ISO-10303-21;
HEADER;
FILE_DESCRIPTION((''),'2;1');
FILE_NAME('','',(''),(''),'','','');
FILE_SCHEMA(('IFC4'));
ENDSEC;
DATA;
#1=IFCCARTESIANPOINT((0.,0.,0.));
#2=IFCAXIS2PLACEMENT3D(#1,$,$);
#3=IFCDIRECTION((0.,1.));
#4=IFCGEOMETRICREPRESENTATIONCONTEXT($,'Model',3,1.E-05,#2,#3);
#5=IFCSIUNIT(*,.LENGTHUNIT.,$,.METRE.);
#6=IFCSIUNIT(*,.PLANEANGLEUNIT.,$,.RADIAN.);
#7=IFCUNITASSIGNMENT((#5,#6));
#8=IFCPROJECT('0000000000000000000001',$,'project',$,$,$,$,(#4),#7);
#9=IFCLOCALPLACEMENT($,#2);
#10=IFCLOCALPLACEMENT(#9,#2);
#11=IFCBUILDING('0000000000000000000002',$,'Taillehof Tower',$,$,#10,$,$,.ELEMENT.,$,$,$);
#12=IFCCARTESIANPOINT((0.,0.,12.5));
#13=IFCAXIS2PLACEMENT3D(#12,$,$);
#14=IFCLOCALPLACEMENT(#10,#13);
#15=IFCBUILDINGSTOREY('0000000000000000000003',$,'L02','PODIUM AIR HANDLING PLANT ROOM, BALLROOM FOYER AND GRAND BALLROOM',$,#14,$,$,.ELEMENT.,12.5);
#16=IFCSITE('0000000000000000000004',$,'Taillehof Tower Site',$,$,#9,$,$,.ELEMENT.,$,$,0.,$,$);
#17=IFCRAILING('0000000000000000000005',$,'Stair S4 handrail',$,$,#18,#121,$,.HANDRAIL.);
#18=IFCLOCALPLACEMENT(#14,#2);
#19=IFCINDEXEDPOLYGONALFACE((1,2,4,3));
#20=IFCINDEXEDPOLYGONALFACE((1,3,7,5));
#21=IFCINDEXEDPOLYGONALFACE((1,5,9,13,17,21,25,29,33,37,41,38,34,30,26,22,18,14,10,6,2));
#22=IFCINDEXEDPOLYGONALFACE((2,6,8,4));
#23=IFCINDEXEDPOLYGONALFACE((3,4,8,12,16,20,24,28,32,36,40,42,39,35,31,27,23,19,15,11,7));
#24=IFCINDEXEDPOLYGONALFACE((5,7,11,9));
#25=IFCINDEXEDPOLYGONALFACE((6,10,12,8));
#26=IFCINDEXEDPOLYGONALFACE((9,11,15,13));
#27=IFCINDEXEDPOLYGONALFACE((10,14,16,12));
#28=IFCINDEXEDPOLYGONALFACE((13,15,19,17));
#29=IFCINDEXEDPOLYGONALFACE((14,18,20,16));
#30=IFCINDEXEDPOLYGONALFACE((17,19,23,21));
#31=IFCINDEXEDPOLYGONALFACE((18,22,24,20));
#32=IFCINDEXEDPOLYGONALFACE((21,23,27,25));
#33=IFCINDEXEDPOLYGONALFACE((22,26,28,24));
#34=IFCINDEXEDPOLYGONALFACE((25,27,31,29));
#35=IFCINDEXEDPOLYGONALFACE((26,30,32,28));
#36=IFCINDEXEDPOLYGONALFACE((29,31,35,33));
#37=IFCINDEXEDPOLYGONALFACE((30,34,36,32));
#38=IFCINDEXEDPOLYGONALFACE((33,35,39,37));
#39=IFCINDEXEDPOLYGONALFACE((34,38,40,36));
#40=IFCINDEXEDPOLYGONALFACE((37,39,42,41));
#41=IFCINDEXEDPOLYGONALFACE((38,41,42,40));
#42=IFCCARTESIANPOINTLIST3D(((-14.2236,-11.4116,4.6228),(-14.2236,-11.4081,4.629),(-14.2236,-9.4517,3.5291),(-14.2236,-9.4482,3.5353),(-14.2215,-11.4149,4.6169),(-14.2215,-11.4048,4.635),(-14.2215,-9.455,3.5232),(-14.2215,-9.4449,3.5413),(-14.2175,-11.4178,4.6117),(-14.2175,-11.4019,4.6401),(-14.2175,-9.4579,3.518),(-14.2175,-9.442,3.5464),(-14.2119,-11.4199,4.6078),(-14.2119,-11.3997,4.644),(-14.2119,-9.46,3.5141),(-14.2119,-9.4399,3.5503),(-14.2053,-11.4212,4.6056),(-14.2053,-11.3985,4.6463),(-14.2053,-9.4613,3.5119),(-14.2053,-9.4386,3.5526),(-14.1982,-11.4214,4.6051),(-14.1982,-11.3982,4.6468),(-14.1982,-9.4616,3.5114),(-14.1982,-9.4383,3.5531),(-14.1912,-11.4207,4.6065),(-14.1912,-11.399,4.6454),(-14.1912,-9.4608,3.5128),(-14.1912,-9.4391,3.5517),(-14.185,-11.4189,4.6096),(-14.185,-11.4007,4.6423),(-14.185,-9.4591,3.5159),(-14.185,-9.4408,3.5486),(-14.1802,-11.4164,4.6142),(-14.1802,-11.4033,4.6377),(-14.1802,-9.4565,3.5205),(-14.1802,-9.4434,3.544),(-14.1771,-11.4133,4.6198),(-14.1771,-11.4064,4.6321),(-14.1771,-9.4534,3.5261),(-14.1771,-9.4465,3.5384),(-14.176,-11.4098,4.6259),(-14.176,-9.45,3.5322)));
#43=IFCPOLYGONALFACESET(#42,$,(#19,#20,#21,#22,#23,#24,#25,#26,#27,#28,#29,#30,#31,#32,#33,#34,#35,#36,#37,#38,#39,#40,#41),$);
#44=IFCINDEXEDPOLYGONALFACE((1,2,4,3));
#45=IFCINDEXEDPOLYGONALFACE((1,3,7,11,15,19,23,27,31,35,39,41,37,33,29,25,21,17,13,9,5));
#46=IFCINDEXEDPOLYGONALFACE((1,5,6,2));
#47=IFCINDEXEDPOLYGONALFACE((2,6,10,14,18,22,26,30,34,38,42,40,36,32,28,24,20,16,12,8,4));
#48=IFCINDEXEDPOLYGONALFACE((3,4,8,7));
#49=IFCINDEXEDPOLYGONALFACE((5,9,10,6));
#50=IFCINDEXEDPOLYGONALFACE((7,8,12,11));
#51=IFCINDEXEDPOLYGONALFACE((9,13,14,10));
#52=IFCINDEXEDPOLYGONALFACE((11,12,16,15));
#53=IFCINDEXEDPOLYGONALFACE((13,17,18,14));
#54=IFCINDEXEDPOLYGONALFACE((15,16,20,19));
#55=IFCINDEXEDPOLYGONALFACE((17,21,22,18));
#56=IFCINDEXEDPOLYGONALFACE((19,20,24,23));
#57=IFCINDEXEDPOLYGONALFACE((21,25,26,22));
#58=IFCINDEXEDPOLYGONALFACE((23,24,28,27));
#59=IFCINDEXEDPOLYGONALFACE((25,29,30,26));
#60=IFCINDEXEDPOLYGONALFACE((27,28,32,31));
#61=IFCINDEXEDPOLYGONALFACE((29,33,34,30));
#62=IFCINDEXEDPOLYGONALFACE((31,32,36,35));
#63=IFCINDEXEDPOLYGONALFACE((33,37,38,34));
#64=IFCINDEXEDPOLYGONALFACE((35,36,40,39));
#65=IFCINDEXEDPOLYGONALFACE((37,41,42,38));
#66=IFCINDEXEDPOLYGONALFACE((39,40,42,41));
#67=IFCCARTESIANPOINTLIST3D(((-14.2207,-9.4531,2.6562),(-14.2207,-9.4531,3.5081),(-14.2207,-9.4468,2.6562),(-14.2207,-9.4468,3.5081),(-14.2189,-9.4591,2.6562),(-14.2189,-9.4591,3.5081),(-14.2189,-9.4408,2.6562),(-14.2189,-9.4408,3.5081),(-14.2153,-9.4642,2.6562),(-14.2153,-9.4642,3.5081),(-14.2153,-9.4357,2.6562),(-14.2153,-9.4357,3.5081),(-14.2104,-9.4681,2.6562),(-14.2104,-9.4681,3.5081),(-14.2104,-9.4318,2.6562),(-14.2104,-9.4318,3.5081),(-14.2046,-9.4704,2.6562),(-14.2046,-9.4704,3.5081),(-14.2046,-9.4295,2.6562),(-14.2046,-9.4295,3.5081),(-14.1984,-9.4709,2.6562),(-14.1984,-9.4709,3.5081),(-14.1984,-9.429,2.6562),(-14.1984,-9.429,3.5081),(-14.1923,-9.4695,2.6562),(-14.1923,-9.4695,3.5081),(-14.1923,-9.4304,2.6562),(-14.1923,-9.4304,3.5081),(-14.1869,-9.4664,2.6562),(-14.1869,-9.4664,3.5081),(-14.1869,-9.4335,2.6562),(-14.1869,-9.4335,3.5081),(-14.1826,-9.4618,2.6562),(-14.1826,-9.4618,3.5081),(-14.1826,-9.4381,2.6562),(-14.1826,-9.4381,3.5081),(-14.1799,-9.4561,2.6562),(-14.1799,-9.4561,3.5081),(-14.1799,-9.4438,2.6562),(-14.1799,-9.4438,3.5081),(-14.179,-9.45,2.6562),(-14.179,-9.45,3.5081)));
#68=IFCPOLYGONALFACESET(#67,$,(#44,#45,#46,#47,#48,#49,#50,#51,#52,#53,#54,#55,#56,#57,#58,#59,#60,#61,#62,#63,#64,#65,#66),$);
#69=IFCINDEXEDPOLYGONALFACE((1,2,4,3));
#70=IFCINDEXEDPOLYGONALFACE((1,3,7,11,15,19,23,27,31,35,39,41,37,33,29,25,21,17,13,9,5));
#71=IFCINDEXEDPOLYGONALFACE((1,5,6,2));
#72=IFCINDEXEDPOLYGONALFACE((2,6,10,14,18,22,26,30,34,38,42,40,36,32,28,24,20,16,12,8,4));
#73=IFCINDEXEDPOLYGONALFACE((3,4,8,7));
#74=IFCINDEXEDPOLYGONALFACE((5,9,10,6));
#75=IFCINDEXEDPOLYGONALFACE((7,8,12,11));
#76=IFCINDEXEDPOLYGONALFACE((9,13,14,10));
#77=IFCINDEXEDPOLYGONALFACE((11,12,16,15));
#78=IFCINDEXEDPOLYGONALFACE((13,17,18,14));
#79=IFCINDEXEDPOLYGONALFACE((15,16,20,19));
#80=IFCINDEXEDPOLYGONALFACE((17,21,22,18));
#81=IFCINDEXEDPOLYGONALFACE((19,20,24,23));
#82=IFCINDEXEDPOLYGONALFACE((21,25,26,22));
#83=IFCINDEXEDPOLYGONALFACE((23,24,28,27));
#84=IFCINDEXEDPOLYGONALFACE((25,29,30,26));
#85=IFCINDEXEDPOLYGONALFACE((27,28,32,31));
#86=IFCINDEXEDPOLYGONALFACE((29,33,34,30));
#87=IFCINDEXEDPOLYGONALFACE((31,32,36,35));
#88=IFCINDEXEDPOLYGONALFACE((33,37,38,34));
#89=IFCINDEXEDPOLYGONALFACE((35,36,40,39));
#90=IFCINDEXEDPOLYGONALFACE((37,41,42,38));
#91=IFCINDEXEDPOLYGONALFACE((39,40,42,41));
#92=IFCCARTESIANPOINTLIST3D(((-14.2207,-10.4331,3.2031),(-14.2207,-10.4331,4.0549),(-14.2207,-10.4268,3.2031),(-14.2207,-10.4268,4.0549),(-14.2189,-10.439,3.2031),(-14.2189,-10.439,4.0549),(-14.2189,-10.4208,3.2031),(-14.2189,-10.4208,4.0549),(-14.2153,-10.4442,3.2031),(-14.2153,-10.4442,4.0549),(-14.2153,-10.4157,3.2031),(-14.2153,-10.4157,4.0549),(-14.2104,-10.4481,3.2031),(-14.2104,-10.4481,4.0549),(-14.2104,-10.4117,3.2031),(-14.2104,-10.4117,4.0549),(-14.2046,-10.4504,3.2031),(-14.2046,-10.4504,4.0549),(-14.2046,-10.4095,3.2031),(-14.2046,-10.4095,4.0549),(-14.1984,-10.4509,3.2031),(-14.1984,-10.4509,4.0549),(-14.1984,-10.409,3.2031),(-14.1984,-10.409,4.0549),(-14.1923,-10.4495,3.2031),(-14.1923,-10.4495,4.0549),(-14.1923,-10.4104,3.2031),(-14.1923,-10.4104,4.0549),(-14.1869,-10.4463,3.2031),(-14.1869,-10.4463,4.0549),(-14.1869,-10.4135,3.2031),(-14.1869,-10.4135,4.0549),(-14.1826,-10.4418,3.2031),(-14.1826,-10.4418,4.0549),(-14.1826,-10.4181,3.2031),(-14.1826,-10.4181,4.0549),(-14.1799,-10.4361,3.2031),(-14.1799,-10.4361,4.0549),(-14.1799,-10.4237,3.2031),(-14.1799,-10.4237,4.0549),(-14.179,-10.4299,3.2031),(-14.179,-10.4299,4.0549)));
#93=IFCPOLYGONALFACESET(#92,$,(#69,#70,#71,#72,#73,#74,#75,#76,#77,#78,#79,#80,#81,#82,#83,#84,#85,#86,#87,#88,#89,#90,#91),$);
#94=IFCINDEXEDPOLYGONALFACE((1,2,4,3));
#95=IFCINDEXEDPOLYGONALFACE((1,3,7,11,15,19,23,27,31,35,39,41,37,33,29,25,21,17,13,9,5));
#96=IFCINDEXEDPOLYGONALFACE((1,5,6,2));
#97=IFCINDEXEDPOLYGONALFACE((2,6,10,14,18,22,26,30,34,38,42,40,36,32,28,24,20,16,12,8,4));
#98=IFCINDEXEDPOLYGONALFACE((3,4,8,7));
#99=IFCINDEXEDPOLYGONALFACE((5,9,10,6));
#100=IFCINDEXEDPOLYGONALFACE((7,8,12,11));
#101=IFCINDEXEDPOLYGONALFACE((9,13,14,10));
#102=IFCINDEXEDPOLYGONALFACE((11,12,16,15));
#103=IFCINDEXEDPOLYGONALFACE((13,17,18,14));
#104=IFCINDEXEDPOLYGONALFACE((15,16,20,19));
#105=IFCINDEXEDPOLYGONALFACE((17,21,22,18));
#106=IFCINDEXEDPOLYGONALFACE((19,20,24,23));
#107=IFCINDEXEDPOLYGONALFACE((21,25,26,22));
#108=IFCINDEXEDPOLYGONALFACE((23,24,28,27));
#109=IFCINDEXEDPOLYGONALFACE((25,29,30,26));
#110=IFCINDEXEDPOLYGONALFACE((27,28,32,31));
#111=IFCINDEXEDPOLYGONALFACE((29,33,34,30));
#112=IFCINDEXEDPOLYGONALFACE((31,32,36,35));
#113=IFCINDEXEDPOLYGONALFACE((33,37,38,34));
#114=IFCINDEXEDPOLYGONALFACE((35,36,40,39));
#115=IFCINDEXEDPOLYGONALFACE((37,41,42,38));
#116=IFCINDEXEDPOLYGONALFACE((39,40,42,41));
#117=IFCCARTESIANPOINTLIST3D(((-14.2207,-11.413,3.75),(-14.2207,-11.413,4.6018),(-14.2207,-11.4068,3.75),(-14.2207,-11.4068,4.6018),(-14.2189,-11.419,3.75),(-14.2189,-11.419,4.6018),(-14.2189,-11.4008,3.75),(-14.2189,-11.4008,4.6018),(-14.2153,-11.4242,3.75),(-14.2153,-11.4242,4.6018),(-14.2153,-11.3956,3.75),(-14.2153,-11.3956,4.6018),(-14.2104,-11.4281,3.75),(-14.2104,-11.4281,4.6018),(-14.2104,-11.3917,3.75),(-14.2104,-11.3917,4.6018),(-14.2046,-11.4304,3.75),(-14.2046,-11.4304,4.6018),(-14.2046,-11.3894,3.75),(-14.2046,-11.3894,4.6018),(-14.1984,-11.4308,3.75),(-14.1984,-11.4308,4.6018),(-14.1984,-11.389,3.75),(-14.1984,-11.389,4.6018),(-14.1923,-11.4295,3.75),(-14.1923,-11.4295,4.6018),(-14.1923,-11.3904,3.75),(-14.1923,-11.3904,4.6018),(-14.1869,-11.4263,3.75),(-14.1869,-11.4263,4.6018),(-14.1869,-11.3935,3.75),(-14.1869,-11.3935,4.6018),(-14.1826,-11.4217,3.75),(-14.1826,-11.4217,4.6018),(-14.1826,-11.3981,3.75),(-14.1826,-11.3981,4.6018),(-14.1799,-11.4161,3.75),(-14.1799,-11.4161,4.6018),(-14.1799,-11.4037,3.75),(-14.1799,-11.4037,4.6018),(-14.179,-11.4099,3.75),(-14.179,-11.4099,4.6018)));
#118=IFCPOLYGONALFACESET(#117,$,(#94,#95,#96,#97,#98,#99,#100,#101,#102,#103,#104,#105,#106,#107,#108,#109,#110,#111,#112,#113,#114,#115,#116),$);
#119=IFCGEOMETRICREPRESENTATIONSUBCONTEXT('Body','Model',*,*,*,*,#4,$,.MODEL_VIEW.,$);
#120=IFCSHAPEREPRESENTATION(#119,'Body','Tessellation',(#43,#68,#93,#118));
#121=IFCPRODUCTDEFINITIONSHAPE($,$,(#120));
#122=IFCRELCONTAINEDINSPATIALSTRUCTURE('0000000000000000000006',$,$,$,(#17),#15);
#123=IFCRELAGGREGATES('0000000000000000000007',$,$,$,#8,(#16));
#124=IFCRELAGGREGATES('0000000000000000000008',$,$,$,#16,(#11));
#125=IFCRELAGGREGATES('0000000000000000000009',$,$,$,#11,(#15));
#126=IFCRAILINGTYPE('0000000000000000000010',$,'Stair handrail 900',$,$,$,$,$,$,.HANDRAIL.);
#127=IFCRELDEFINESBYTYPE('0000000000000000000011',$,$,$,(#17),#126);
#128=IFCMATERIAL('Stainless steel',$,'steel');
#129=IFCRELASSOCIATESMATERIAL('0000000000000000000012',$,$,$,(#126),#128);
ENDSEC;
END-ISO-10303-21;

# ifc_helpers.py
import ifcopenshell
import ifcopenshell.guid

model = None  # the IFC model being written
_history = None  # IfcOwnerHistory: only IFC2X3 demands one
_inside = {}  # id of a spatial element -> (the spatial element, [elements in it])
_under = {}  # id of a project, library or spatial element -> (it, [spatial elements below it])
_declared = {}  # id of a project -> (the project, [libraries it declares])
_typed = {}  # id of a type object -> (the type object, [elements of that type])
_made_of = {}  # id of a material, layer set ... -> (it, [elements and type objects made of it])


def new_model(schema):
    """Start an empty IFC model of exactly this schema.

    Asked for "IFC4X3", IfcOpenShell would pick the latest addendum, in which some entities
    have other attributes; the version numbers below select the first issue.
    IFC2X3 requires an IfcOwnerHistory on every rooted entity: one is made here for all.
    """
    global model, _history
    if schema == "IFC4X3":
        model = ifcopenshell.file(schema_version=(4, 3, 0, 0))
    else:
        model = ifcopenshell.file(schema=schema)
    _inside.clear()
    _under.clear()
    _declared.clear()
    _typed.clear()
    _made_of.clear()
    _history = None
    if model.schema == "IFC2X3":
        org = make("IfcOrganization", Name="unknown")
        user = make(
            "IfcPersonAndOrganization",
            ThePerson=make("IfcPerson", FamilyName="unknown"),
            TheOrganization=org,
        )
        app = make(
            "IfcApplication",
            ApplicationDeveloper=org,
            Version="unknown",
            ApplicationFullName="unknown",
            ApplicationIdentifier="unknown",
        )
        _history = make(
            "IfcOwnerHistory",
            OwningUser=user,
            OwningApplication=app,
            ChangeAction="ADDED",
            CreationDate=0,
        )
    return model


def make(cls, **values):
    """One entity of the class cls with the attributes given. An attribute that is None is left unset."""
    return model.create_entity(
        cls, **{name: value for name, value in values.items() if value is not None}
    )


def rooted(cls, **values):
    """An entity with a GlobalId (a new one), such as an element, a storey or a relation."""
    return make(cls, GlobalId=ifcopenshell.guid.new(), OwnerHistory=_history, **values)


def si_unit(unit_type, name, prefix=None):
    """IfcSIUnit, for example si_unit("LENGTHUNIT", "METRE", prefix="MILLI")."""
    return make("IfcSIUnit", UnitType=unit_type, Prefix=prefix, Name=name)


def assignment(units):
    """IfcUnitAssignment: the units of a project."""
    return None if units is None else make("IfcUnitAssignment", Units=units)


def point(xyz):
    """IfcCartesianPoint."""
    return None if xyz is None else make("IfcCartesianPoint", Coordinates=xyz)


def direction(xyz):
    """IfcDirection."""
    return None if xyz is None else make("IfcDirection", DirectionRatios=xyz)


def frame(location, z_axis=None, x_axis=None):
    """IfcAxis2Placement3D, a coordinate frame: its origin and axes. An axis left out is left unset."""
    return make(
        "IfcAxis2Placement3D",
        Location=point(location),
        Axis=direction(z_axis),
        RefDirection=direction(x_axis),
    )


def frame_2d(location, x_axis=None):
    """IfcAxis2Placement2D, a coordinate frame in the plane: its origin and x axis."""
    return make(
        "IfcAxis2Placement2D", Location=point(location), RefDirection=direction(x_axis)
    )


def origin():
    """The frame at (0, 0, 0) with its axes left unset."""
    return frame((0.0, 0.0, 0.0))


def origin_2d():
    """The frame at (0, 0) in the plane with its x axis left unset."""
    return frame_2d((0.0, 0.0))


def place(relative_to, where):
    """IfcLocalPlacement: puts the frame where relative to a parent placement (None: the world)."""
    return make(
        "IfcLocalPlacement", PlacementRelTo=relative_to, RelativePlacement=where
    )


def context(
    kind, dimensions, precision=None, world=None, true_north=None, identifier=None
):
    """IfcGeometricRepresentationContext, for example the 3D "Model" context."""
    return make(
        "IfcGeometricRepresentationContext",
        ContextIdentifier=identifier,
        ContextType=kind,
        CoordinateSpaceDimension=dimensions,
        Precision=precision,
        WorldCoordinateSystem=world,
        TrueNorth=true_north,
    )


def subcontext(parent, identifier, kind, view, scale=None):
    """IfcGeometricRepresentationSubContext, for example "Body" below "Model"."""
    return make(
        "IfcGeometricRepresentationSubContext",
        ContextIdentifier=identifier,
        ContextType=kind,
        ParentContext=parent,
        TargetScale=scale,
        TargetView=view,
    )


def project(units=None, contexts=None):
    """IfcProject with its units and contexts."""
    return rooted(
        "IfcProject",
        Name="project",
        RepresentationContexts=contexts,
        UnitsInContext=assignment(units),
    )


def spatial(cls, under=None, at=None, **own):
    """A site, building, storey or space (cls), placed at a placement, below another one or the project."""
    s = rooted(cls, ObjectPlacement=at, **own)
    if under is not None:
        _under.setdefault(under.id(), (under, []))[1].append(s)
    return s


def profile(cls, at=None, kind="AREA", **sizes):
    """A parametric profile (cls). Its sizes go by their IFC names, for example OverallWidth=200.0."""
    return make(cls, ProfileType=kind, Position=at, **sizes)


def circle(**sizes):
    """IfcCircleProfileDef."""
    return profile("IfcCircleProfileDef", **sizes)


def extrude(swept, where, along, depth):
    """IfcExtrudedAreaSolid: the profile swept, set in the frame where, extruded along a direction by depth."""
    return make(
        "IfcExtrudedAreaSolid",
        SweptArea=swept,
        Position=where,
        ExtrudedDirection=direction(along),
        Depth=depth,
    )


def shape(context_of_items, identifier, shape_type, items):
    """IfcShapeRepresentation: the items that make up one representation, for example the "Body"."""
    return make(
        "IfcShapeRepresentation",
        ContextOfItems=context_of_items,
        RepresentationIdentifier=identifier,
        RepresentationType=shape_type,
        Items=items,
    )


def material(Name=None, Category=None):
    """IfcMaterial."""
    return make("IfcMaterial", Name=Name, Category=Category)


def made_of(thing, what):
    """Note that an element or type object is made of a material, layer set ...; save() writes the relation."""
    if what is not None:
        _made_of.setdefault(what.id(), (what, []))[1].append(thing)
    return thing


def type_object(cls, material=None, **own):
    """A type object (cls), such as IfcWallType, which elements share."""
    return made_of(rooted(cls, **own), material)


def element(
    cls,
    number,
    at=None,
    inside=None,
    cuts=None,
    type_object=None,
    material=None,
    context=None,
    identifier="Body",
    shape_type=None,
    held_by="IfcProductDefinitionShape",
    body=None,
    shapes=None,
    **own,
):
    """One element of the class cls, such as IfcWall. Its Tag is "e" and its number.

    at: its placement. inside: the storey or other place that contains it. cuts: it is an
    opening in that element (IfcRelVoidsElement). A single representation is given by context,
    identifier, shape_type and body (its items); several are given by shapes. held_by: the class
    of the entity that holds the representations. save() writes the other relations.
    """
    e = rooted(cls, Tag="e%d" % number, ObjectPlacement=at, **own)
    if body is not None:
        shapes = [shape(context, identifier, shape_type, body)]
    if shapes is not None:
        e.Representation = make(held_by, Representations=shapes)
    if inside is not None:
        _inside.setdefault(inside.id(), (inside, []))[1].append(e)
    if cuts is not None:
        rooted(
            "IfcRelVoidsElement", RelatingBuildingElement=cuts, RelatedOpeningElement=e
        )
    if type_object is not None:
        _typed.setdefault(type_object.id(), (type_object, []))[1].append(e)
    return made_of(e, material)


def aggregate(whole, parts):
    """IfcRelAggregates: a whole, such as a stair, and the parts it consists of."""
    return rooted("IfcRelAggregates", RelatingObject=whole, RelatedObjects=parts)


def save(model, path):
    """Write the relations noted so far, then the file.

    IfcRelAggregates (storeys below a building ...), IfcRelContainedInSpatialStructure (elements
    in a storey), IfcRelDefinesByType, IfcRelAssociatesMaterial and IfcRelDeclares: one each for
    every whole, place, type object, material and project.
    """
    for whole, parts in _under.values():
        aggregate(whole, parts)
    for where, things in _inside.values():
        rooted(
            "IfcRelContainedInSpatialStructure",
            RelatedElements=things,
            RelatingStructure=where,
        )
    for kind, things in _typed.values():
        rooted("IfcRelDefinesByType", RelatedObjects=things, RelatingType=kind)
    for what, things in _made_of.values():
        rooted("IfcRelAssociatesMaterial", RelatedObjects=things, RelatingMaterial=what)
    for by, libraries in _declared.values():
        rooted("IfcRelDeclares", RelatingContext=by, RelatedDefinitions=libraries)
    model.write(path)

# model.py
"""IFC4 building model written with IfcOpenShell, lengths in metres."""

from ifc_helpers import new_model, si_unit, direction, frame, origin, origin_2d, place, context, subcontext, project, spatial, circle, extrude, material, type_object, element, save


model = new_model("IFC4")

# Units and contexts
model_context = context("Model", 3, precision=1e-05, world=origin(), true_north=direction((0.0, 1.0)))
body_context = subcontext(model_context, "Body", "Model", "MODEL_VIEW")
ifc_project = project(units=[si_unit("LENGTHUNIT", "METRE"), si_unit("PLANEANGLEUNIT", "RADIAN")], contexts=[model_context])

# Site, building, storey
site_placement = place(None, origin())
site = spatial("IfcSite", under=ifc_project, at=site_placement, Name="Taillehof Tower Site", CompositionType="ELEMENT", RefElevation=0.0)
building_placement = place(site_placement, origin())
building = spatial("IfcBuilding", under=site, at=building_placement, Name="Taillehof Tower", CompositionType="ELEMENT")
storey_placement = place(building_placement, frame((0.0, 0.0, 12.5)))
storey = spatial("IfcBuildingStorey", under=building, at=storey_placement, Name="L02", Description="PODIUM AIR HANDLING PLANT ROOM, BALLROOM FOYER AND GRAND BALLROOM", CompositionType="ELEMENT", Elevation=12.5)

# Railing
ifc_material_1 = material(Name="Stainless steel", Category="steel")
railing_type_1 = type_object("IfcRailingType", Name="Stair handrail 900", PredefinedType="HANDRAIL", material=ifc_material_1)
railing_1_placement = place(storey_placement, frame((-14.2, -9.45, 2.6562)))
element("IfcRailing", 1, at=railing_1_placement, inside=storey, type_object=railing_type_1, Name="Stair S4 handrail", PredefinedType="HANDRAIL", context=body_context, shape_type="SweptSolid", body=[
    extrude(circle(Radius=0.0239, at=origin_2d()), frame((0.0, 0.0, 0.876), z_axis=(0.0, -0.873232, 0.487304), x_axis=(1.0, 0.0, 0.0)), (0.0, 0.0, 1.0), 2.2444),
    extrude(circle(Radius=0.021, at=origin_2d()), origin(), (0.0, 0.0, 1.0), 0.8518),
    extrude(circle(Radius=0.021, at=origin_2d()), frame((0.0, -0.98, 0.5469)), (0.0, 0.0, 1.0), 0.8518),
    extrude(circle(Radius=0.021, at=origin_2d()), frame((0.0, -1.96, 1.0938)), (0.0, 0.0, 1.0), 0.8518),
])

save(model, "model.ifc")
